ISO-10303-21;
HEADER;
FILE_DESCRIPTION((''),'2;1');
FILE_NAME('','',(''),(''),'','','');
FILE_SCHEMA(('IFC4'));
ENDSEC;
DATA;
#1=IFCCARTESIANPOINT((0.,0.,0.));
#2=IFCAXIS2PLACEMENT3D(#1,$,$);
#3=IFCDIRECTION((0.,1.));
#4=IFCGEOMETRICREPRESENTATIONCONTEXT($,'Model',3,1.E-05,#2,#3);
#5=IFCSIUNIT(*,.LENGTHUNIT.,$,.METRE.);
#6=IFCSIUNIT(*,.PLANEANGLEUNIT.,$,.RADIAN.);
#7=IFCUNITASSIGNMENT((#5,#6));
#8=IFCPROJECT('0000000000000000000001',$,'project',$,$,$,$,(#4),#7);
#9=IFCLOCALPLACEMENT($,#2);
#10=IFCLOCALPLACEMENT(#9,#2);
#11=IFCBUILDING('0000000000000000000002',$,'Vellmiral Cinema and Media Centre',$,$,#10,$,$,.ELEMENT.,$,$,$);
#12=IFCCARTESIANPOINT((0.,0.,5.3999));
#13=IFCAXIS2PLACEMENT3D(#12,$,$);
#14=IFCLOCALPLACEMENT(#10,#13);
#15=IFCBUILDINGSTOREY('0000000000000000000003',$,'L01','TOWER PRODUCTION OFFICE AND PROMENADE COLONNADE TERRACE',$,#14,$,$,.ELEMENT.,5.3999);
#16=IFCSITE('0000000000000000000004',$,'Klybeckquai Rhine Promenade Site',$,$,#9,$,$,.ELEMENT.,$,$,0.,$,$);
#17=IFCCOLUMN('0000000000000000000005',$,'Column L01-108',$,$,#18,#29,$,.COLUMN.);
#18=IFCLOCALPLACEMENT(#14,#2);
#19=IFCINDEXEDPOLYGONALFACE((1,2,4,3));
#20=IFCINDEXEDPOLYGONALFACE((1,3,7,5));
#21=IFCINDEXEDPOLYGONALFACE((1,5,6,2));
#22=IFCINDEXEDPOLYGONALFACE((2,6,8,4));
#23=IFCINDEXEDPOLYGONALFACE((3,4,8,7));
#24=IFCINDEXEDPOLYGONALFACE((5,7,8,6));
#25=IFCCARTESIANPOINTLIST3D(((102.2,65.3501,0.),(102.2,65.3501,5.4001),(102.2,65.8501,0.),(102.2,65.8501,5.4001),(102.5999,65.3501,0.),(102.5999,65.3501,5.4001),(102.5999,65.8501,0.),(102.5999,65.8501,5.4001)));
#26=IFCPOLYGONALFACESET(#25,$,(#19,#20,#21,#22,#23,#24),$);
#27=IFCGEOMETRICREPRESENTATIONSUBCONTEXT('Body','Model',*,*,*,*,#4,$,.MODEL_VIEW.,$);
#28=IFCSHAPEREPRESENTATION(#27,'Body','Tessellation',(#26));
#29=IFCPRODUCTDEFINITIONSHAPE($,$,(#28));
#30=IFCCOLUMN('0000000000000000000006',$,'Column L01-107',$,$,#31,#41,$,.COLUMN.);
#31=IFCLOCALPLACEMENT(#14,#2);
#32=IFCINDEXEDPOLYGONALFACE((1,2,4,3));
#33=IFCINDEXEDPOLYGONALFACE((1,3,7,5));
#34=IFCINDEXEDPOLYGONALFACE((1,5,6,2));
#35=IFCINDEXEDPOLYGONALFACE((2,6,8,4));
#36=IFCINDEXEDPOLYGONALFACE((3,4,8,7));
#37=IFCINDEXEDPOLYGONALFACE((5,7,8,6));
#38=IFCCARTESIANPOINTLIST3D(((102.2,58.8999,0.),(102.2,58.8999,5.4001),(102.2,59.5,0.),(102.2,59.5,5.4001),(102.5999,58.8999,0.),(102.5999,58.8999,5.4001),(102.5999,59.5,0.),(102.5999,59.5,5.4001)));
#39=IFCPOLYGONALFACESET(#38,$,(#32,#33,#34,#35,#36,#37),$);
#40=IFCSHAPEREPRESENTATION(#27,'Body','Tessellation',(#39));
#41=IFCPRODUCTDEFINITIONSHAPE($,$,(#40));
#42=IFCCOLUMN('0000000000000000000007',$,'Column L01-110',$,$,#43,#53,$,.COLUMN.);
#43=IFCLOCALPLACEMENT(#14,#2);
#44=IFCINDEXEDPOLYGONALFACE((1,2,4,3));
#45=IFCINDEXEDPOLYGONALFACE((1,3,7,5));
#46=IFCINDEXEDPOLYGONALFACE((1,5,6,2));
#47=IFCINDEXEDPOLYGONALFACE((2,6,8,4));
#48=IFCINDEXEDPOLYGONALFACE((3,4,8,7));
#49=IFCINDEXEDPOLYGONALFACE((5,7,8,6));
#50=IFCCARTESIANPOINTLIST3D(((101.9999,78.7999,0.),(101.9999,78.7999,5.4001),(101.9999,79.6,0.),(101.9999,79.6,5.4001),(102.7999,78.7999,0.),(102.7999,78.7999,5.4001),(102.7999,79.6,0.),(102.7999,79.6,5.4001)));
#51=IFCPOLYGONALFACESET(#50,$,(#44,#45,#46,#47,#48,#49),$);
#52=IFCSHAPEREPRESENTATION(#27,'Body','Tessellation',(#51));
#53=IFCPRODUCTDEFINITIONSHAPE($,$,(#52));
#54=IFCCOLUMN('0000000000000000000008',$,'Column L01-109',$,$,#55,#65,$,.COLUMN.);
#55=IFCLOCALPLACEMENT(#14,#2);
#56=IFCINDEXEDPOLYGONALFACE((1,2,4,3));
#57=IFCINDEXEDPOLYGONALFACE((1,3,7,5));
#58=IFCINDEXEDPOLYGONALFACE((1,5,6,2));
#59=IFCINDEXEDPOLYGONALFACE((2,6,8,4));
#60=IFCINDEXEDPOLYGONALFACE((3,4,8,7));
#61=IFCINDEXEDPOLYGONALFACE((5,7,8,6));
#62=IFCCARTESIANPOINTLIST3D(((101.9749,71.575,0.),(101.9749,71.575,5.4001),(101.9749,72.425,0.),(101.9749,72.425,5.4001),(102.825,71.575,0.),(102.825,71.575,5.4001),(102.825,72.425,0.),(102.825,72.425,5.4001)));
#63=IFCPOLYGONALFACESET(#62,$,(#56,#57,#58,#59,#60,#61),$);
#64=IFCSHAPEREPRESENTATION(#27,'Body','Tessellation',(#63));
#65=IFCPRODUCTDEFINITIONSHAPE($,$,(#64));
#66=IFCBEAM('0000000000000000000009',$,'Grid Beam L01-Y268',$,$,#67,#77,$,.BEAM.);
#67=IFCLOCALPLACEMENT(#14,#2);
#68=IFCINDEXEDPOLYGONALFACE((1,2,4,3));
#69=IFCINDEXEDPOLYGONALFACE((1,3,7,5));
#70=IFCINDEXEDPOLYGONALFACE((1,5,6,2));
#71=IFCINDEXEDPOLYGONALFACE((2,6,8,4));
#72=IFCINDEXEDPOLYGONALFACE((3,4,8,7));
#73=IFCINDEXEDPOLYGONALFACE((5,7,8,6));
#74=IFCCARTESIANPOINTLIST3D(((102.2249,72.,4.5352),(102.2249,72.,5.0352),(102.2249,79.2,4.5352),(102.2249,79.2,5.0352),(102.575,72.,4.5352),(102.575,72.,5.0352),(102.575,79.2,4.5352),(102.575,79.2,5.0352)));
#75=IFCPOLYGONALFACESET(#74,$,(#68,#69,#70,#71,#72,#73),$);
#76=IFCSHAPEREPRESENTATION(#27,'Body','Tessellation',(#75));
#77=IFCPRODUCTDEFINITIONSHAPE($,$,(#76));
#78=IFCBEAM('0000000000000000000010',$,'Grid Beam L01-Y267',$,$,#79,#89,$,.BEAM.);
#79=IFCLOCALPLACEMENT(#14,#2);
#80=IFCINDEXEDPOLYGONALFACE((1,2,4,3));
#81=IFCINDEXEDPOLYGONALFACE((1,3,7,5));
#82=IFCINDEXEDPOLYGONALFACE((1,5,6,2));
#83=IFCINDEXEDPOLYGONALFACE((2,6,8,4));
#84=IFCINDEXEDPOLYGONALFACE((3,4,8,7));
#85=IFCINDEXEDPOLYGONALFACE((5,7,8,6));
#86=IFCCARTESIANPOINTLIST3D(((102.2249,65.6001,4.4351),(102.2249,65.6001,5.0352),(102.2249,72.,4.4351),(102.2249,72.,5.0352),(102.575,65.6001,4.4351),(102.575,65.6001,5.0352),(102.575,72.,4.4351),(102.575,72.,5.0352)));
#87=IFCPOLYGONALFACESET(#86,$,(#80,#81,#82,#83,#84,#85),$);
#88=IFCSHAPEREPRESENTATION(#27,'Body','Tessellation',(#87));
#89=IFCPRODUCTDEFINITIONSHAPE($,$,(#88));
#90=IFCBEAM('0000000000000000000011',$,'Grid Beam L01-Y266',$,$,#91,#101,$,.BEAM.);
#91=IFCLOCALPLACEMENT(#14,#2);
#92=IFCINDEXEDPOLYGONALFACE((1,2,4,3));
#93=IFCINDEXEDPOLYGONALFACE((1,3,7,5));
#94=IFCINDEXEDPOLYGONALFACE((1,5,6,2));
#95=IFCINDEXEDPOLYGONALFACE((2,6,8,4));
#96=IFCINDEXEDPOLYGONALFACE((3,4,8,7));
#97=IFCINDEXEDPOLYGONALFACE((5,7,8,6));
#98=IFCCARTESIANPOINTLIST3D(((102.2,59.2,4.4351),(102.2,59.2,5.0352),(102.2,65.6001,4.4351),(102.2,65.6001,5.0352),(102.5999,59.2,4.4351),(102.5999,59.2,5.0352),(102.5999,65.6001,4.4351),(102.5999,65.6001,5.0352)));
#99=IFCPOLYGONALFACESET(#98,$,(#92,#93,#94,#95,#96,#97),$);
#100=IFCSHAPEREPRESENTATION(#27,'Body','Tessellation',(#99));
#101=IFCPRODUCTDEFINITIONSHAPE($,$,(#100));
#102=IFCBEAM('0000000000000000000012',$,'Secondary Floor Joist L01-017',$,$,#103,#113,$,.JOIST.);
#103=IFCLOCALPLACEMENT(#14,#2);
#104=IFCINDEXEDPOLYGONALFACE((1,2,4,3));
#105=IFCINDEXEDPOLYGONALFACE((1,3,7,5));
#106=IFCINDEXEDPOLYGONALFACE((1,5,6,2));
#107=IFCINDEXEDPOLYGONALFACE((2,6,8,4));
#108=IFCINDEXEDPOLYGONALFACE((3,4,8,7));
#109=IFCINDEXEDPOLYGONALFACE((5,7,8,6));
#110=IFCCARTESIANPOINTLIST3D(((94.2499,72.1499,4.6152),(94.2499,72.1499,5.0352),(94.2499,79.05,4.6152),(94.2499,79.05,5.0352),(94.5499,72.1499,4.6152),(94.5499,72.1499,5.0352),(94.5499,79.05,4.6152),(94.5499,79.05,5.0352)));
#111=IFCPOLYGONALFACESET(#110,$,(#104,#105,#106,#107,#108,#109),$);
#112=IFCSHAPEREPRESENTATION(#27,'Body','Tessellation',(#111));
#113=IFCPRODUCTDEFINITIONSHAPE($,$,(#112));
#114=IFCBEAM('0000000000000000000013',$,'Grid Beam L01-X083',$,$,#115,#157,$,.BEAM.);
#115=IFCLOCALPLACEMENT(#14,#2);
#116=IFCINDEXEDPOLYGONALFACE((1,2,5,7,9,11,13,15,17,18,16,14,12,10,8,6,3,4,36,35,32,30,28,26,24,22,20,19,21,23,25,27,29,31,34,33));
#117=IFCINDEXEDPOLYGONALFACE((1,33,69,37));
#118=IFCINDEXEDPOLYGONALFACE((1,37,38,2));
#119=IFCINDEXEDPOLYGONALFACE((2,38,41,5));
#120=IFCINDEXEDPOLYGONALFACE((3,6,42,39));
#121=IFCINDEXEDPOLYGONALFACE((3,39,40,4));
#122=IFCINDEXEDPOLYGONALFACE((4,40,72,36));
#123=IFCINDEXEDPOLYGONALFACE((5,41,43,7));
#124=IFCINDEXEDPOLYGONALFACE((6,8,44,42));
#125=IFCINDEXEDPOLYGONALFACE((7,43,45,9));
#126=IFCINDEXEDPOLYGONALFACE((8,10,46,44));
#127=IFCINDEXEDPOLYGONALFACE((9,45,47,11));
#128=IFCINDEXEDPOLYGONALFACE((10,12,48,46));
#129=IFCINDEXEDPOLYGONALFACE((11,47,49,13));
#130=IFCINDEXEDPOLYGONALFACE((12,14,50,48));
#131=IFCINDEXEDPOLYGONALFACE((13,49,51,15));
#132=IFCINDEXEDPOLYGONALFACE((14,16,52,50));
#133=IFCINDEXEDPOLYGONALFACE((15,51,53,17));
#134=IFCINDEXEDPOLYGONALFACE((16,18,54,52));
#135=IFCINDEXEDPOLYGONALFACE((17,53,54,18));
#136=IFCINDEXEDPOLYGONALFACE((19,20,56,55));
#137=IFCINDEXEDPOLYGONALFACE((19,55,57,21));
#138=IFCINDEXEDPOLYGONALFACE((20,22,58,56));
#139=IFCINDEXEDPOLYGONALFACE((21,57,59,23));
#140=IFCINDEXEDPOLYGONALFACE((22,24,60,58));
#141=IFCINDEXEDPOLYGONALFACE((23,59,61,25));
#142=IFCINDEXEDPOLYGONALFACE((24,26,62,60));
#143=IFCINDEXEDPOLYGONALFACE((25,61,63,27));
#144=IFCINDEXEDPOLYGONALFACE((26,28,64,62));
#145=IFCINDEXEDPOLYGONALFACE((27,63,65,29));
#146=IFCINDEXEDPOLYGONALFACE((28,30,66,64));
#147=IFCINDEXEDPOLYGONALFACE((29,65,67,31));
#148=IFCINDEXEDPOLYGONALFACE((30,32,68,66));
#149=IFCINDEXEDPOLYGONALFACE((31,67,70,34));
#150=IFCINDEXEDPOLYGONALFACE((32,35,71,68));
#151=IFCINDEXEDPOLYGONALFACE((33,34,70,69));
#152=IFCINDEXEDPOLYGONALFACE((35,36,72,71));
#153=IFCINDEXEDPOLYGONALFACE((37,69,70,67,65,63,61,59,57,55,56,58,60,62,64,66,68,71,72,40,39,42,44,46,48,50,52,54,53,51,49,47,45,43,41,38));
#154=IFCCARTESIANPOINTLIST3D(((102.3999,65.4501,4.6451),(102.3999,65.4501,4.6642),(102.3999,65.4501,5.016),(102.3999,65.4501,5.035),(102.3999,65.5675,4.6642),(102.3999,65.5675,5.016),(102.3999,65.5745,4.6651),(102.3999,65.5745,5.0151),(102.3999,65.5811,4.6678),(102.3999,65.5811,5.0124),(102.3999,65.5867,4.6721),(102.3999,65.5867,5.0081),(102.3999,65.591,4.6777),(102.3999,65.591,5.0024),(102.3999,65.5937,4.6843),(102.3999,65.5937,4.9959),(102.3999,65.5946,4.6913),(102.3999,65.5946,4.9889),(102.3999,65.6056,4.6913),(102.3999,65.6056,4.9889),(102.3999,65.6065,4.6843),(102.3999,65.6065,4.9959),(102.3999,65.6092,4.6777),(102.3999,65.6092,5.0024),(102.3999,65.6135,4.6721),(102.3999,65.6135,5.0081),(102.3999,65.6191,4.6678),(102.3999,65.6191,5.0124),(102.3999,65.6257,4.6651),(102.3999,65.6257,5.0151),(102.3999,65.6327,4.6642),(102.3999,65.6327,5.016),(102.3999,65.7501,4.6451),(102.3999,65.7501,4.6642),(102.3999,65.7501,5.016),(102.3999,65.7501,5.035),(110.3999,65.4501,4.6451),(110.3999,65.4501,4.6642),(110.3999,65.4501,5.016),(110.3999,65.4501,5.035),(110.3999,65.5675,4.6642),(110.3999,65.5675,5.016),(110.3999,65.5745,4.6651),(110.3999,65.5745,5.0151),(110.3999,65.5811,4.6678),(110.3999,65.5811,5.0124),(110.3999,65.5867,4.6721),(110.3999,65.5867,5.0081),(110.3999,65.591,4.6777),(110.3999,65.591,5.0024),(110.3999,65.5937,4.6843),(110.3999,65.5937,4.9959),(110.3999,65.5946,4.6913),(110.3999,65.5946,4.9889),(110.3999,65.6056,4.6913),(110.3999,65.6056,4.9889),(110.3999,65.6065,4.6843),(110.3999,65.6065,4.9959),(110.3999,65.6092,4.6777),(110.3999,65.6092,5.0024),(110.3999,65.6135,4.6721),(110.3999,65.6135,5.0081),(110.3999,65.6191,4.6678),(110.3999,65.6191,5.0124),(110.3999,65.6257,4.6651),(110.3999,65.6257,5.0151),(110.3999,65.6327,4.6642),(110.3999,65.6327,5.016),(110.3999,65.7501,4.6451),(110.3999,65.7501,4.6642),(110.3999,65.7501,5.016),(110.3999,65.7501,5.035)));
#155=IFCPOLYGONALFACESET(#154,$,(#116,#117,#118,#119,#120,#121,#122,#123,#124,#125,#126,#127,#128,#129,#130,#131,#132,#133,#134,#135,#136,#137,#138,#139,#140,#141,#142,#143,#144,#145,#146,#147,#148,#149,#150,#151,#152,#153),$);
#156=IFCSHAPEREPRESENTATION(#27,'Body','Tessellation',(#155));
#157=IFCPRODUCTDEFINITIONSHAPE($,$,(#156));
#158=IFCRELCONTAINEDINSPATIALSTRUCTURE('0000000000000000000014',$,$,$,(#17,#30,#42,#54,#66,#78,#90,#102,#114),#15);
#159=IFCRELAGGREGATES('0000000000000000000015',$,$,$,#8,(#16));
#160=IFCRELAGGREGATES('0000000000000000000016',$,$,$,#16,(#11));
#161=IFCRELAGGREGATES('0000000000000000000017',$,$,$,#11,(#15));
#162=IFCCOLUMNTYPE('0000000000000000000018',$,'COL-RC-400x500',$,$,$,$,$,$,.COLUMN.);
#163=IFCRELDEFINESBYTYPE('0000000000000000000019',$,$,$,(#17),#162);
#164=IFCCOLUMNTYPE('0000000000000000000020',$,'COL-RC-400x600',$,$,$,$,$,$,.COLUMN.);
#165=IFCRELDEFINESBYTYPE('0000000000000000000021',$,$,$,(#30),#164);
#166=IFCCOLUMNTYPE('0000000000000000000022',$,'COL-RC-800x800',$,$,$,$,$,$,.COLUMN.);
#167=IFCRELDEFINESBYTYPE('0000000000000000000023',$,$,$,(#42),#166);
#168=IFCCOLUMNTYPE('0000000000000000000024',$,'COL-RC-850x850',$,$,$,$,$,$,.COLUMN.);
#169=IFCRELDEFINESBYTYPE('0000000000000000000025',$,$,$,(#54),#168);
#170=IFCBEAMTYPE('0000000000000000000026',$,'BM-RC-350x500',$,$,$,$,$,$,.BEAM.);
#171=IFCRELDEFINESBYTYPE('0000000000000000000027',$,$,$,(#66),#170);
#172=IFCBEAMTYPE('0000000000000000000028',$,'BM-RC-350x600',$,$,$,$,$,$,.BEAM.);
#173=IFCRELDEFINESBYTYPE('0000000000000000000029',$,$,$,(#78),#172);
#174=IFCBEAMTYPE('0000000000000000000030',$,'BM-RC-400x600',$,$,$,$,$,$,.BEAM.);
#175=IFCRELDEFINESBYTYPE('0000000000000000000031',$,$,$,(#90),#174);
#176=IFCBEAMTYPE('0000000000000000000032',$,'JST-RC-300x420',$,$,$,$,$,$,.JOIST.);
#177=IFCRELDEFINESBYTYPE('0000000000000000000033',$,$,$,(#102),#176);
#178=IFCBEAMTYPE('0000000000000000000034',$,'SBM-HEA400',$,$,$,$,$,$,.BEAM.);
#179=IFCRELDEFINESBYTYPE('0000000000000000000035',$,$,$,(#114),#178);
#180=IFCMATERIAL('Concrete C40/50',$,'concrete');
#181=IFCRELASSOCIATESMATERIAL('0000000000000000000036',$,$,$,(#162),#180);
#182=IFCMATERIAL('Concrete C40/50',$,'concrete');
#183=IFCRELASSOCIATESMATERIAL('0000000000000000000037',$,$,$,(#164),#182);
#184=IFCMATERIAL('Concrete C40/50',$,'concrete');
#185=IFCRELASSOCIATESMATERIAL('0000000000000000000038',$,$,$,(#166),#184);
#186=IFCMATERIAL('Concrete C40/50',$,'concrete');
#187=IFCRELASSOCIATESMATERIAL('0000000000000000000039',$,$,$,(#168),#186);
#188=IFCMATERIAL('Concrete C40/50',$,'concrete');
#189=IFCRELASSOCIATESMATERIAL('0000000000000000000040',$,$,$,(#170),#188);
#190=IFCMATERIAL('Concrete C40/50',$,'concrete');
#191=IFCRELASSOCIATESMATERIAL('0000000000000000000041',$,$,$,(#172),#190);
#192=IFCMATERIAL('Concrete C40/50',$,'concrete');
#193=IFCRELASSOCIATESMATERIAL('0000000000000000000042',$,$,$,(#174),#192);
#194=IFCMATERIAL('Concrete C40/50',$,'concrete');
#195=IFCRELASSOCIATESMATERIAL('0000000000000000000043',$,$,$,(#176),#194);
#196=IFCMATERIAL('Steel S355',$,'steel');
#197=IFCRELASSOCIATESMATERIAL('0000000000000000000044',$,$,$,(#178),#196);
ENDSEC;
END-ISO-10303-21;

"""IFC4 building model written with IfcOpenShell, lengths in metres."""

from ifc_helpers import new_model, si_unit, direction, frame, origin, origin_2d, place, context, subcontext, project, spatial, rectangle, i_section, extrude, material, material_profile, profile_set, type_object, element, save


model = new_model("IFC4")

# Units and contexts
model_context = context("Model", 3, precision=1e-05, world=origin(), true_north=direction((0.0, 1.0)))
body_context = subcontext(model_context, "Body", "Model", "MODEL_VIEW")
ifc_project = project(units=[si_unit("LENGTHUNIT", "METRE"), si_unit("PLANEANGLEUNIT", "RADIAN")], contexts=[model_context])

# Site, building, storey
site_placement = place(None, origin())
site = spatial("IfcSite", under=ifc_project, at=site_placement, Name="Klybeckquai Rhine Promenade Site", CompositionType="ELEMENT", RefElevation=0.0)
building_placement = place(site_placement, origin())
building = spatial("IfcBuilding", under=site, at=building_placement, Name="Vellmiral Cinema and Media Centre", CompositionType="ELEMENT")
storey_placement = place(building_placement, frame((0.0, 0.0, 5.3999)))
storey = spatial("IfcBuildingStorey", under=building, at=storey_placement, Name="L01", Description="TOWER PRODUCTION OFFICE AND PROMENADE COLONNADE TERRACE", CompositionType="ELEMENT", Elevation=5.3999)

# Columns
ifc_material_1 = material(Name="Concrete C40/50", Category="concrete")
ifc_material_profile_1 = material_profile(ifc_material_1, rectangle(XDim=0.3999, YDim=0.5, at=origin_2d()), Name="RC 400x500")
ifc_profile_set_1 = profile_set([ifc_material_profile_1], Name="Concrete C40/50")
column_type_1 = type_object("IfcColumnType", Name="COL-RC-400x500", PredefinedType="COLUMN", material=ifc_profile_set_1)
column_1_placement = place(storey_placement, frame((102.3999, 65.6001, 0.0), z_axis=(0.0, 0.0, 1.0), x_axis=(1.0, 0.0, 0.0)))
element("IfcColumn", 1, at=column_1_placement, inside=storey, type_object=column_type_1, Name="Column L01-108", PredefinedType="COLUMN", context=body_context, shape_type="SweptSolid", body=[
    extrude(rectangle(XDim=0.3999, YDim=0.5, at=origin_2d()), origin(), (0.0, 0.0, 1.0), 5.4001),
])
ifc_material_2 = material(Name="Concrete C40/50", Category="concrete")
ifc_material_profile_2 = material_profile(ifc_material_2, rectangle(XDim=0.3999, YDim=0.6001, at=origin_2d()), Name="RC 400x600")
ifc_profile_set_2 = profile_set([ifc_material_profile_2], Name="Concrete C40/50")
column_type_2 = type_object("IfcColumnType", Name="COL-RC-400x600", PredefinedType="COLUMN", material=ifc_profile_set_2)
column_2_placement = place(storey_placement, frame((102.3999, 59.2, 0.0), z_axis=(0.0, 0.0, 1.0), x_axis=(1.0, 0.0, 0.0)))
element("IfcColumn", 2, at=column_2_placement, inside=storey, type_object=column_type_2, Name="Column L01-107", PredefinedType="COLUMN", context=body_context, shape_type="SweptSolid", body=[
    extrude(rectangle(XDim=0.3999, YDim=0.6001, at=origin_2d()), origin(), (0.0, 0.0, 1.0), 5.4001),
])
ifc_material_3 = material(Name="Concrete C40/50", Category="concrete")
ifc_material_profile_3 = material_profile(ifc_material_3, rectangle(XDim=0.8, YDim=0.8, at=origin_2d()), Name="RC 800x800")
ifc_profile_set_3 = profile_set([ifc_material_profile_3], Name="Concrete C40/50")
column_type_3 = type_object("IfcColumnType", Name="COL-RC-800x800", PredefinedType="COLUMN", material=ifc_profile_set_3)
column_3_placement = place(storey_placement, frame((102.3999, 79.2, 0.0), z_axis=(0.0, 0.0, 1.0), x_axis=(1.0, 0.0, 0.0)))
element("IfcColumn", 3, at=column_3_placement, inside=storey, type_object=column_type_3, Name="Column L01-110", PredefinedType="COLUMN", context=body_context, shape_type="SweptSolid", body=[
    extrude(rectangle(XDim=0.8, YDim=0.8, at=origin_2d()), origin(), (0.0, 0.0, 1.0), 5.4001),
])
ifc_material_4 = material(Name="Concrete C40/50", Category="concrete")
ifc_material_profile_4 = material_profile(ifc_material_4, rectangle(XDim=0.8501, YDim=0.8501, at=origin_2d()), Name="RC 850x850")
ifc_profile_set_4 = profile_set([ifc_material_profile_4], Name="Concrete C40/50")
column_type_4 = type_object("IfcColumnType", Name="COL-RC-850x850", PredefinedType="COLUMN", material=ifc_profile_set_4)
column_4_placement = place(storey_placement, frame((102.3999, 72.0, 0.0), z_axis=(0.0, 0.0, 1.0), x_axis=(1.0, 0.0, 0.0)))
element("IfcColumn", 4, at=column_4_placement, inside=storey, type_object=column_type_4, Name="Column L01-109", PredefinedType="COLUMN", context=body_context, shape_type="SweptSolid", body=[
    extrude(rectangle(XDim=0.8501, YDim=0.8501, at=origin_2d()), origin(), (0.0, 0.0, 1.0), 5.4001),
])

# Beams
ifc_material_5 = material(Name="Concrete C40/50", Category="concrete")
ifc_material_profile_5 = material_profile(ifc_material_5, rectangle(XDim=0.3501, YDim=0.5, at=origin_2d()), Name="RC 350x500")
ifc_profile_set_5 = profile_set([ifc_material_profile_5], Name="Concrete C40/50")
beam_type_1 = type_object("IfcBeamType", Name="BM-RC-350x500", PredefinedType="BEAM", material=ifc_profile_set_5)
beam_1_placement = place(storey_placement, frame((102.3999, 72.0, 4.7852), z_axis=(0.0, 1.0, 0.0), x_axis=(-1.0, 0.0, 0.0)))
element("IfcBeam", 5, at=beam_1_placement, inside=storey, type_object=beam_type_1, Name="Grid Beam L01-Y268", PredefinedType="BEAM", context=body_context, shape_type="SweptSolid", body=[
    extrude(rectangle(XDim=0.3501, YDim=0.5, at=origin_2d()), origin(), (0.0, 0.0, 1.0), 7.2),
])
ifc_material_6 = material(Name="Concrete C40/50", Category="concrete")
ifc_material_profile_6 = material_profile(ifc_material_6, rectangle(XDim=0.3501, YDim=0.6001, at=origin_2d()), Name="RC 350x600")
ifc_profile_set_6 = profile_set([ifc_material_profile_6], Name="Concrete C40/50")
beam_type_2 = type_object("IfcBeamType", Name="BM-RC-350x600", PredefinedType="BEAM", material=ifc_profile_set_6)
beam_2_placement = place(storey_placement, frame((102.3999, 65.6001, 4.7351), z_axis=(0.0, 1.0, 0.0), x_axis=(-1.0, 0.0, 0.0)))
element("IfcBeam", 6, at=beam_2_placement, inside=storey, type_object=beam_type_2, Name="Grid Beam L01-Y267", PredefinedType="BEAM", context=body_context, shape_type="SweptSolid", body=[
    extrude(rectangle(XDim=0.3501, YDim=0.6001, at=origin_2d()), origin(), (0.0, 0.0, 1.0), 6.3999),
])
ifc_material_7 = material(Name="Concrete C40/50", Category="concrete")
ifc_material_profile_7 = material_profile(ifc_material_7, rectangle(XDim=0.3999, YDim=0.6001, at=origin_2d()), Name="RC 400x600")
ifc_profile_set_7 = profile_set([ifc_material_profile_7], Name="Concrete C40/50")
beam_type_3 = type_object("IfcBeamType", Name="BM-RC-400x600", PredefinedType="BEAM", material=ifc_profile_set_7)
beam_3_placement = place(storey_placement, frame((102.3999, 59.2, 4.7351), z_axis=(0.0, 1.0, 0.0), x_axis=(-1.0, 0.0, 0.0)))
element("IfcBeam", 7, at=beam_3_placement, inside=storey, type_object=beam_type_3, Name="Grid Beam L01-Y266", PredefinedType="BEAM", context=body_context, shape_type="SweptSolid", body=[
    extrude(rectangle(XDim=0.3999, YDim=0.6001, at=origin_2d()), origin(), (0.0, 0.0, 1.0), 6.4001),
])
ifc_material_8 = material(Name="Concrete C40/50", Category="concrete")
ifc_material_profile_8 = material_profile(ifc_material_8, rectangle(XDim=0.3, YDim=0.4199, at=origin_2d()), Name="RC 300x420")
ifc_profile_set_8 = profile_set([ifc_material_profile_8], Name="Concrete C40/50")
beam_type_4 = type_object("IfcBeamType", Name="JST-RC-300x420", PredefinedType="JOIST", material=ifc_profile_set_8)
beam_4_placement = place(storey_placement, frame((94.3999, 72.1499, 4.8252), z_axis=(0.0, 1.0, 0.0), x_axis=(-1.0, 0.0, 0.0)))
element("IfcBeam", 8, at=beam_4_placement, inside=storey, type_object=beam_type_4, Name="Secondary Floor Joist L01-017", PredefinedType="JOIST", context=body_context, shape_type="SweptSolid", body=[
    extrude(rectangle(XDim=0.3, YDim=0.4199, at=origin_2d()), origin(), (0.0, 0.0, 1.0), 6.9001),
])
ifc_material_9 = material(Name="Steel S355", Category="steel")
ifc_material_profile_9 = material_profile(ifc_material_9, i_section(OverallWidth=0.3, OverallDepth=0.3899, WebThickness=0.011, FlangeThickness=0.019, FilletRadius=0.0271, at=origin_2d()), Name="HEA 400")
ifc_profile_set_9 = profile_set([ifc_material_profile_9], Name="Steel S355")
beam_type_5 = type_object("IfcBeamType", Name="SBM-HEA400", PredefinedType="BEAM", material=ifc_profile_set_9)
beam_5_placement = place(storey_placement, frame((102.3999, 65.6001, 4.8401), z_axis=(1.0, 0.0, 0.0), x_axis=(0.0, 1.0, 0.0)))
element("IfcBeam", 9, at=beam_5_placement, inside=storey, type_object=beam_type_5, Name="Grid Beam L01-X083", PredefinedType="BEAM", context=body_context, shape_type="SweptSolid", body=[
    extrude(i_section(OverallWidth=0.3, OverallDepth=0.3899, WebThickness=0.011, FlangeThickness=0.019, FilletRadius=0.0271, at=origin_2d()), origin(), (0.0, 0.0, 1.0), 8.0),
])

save(model, "model.ifc")
